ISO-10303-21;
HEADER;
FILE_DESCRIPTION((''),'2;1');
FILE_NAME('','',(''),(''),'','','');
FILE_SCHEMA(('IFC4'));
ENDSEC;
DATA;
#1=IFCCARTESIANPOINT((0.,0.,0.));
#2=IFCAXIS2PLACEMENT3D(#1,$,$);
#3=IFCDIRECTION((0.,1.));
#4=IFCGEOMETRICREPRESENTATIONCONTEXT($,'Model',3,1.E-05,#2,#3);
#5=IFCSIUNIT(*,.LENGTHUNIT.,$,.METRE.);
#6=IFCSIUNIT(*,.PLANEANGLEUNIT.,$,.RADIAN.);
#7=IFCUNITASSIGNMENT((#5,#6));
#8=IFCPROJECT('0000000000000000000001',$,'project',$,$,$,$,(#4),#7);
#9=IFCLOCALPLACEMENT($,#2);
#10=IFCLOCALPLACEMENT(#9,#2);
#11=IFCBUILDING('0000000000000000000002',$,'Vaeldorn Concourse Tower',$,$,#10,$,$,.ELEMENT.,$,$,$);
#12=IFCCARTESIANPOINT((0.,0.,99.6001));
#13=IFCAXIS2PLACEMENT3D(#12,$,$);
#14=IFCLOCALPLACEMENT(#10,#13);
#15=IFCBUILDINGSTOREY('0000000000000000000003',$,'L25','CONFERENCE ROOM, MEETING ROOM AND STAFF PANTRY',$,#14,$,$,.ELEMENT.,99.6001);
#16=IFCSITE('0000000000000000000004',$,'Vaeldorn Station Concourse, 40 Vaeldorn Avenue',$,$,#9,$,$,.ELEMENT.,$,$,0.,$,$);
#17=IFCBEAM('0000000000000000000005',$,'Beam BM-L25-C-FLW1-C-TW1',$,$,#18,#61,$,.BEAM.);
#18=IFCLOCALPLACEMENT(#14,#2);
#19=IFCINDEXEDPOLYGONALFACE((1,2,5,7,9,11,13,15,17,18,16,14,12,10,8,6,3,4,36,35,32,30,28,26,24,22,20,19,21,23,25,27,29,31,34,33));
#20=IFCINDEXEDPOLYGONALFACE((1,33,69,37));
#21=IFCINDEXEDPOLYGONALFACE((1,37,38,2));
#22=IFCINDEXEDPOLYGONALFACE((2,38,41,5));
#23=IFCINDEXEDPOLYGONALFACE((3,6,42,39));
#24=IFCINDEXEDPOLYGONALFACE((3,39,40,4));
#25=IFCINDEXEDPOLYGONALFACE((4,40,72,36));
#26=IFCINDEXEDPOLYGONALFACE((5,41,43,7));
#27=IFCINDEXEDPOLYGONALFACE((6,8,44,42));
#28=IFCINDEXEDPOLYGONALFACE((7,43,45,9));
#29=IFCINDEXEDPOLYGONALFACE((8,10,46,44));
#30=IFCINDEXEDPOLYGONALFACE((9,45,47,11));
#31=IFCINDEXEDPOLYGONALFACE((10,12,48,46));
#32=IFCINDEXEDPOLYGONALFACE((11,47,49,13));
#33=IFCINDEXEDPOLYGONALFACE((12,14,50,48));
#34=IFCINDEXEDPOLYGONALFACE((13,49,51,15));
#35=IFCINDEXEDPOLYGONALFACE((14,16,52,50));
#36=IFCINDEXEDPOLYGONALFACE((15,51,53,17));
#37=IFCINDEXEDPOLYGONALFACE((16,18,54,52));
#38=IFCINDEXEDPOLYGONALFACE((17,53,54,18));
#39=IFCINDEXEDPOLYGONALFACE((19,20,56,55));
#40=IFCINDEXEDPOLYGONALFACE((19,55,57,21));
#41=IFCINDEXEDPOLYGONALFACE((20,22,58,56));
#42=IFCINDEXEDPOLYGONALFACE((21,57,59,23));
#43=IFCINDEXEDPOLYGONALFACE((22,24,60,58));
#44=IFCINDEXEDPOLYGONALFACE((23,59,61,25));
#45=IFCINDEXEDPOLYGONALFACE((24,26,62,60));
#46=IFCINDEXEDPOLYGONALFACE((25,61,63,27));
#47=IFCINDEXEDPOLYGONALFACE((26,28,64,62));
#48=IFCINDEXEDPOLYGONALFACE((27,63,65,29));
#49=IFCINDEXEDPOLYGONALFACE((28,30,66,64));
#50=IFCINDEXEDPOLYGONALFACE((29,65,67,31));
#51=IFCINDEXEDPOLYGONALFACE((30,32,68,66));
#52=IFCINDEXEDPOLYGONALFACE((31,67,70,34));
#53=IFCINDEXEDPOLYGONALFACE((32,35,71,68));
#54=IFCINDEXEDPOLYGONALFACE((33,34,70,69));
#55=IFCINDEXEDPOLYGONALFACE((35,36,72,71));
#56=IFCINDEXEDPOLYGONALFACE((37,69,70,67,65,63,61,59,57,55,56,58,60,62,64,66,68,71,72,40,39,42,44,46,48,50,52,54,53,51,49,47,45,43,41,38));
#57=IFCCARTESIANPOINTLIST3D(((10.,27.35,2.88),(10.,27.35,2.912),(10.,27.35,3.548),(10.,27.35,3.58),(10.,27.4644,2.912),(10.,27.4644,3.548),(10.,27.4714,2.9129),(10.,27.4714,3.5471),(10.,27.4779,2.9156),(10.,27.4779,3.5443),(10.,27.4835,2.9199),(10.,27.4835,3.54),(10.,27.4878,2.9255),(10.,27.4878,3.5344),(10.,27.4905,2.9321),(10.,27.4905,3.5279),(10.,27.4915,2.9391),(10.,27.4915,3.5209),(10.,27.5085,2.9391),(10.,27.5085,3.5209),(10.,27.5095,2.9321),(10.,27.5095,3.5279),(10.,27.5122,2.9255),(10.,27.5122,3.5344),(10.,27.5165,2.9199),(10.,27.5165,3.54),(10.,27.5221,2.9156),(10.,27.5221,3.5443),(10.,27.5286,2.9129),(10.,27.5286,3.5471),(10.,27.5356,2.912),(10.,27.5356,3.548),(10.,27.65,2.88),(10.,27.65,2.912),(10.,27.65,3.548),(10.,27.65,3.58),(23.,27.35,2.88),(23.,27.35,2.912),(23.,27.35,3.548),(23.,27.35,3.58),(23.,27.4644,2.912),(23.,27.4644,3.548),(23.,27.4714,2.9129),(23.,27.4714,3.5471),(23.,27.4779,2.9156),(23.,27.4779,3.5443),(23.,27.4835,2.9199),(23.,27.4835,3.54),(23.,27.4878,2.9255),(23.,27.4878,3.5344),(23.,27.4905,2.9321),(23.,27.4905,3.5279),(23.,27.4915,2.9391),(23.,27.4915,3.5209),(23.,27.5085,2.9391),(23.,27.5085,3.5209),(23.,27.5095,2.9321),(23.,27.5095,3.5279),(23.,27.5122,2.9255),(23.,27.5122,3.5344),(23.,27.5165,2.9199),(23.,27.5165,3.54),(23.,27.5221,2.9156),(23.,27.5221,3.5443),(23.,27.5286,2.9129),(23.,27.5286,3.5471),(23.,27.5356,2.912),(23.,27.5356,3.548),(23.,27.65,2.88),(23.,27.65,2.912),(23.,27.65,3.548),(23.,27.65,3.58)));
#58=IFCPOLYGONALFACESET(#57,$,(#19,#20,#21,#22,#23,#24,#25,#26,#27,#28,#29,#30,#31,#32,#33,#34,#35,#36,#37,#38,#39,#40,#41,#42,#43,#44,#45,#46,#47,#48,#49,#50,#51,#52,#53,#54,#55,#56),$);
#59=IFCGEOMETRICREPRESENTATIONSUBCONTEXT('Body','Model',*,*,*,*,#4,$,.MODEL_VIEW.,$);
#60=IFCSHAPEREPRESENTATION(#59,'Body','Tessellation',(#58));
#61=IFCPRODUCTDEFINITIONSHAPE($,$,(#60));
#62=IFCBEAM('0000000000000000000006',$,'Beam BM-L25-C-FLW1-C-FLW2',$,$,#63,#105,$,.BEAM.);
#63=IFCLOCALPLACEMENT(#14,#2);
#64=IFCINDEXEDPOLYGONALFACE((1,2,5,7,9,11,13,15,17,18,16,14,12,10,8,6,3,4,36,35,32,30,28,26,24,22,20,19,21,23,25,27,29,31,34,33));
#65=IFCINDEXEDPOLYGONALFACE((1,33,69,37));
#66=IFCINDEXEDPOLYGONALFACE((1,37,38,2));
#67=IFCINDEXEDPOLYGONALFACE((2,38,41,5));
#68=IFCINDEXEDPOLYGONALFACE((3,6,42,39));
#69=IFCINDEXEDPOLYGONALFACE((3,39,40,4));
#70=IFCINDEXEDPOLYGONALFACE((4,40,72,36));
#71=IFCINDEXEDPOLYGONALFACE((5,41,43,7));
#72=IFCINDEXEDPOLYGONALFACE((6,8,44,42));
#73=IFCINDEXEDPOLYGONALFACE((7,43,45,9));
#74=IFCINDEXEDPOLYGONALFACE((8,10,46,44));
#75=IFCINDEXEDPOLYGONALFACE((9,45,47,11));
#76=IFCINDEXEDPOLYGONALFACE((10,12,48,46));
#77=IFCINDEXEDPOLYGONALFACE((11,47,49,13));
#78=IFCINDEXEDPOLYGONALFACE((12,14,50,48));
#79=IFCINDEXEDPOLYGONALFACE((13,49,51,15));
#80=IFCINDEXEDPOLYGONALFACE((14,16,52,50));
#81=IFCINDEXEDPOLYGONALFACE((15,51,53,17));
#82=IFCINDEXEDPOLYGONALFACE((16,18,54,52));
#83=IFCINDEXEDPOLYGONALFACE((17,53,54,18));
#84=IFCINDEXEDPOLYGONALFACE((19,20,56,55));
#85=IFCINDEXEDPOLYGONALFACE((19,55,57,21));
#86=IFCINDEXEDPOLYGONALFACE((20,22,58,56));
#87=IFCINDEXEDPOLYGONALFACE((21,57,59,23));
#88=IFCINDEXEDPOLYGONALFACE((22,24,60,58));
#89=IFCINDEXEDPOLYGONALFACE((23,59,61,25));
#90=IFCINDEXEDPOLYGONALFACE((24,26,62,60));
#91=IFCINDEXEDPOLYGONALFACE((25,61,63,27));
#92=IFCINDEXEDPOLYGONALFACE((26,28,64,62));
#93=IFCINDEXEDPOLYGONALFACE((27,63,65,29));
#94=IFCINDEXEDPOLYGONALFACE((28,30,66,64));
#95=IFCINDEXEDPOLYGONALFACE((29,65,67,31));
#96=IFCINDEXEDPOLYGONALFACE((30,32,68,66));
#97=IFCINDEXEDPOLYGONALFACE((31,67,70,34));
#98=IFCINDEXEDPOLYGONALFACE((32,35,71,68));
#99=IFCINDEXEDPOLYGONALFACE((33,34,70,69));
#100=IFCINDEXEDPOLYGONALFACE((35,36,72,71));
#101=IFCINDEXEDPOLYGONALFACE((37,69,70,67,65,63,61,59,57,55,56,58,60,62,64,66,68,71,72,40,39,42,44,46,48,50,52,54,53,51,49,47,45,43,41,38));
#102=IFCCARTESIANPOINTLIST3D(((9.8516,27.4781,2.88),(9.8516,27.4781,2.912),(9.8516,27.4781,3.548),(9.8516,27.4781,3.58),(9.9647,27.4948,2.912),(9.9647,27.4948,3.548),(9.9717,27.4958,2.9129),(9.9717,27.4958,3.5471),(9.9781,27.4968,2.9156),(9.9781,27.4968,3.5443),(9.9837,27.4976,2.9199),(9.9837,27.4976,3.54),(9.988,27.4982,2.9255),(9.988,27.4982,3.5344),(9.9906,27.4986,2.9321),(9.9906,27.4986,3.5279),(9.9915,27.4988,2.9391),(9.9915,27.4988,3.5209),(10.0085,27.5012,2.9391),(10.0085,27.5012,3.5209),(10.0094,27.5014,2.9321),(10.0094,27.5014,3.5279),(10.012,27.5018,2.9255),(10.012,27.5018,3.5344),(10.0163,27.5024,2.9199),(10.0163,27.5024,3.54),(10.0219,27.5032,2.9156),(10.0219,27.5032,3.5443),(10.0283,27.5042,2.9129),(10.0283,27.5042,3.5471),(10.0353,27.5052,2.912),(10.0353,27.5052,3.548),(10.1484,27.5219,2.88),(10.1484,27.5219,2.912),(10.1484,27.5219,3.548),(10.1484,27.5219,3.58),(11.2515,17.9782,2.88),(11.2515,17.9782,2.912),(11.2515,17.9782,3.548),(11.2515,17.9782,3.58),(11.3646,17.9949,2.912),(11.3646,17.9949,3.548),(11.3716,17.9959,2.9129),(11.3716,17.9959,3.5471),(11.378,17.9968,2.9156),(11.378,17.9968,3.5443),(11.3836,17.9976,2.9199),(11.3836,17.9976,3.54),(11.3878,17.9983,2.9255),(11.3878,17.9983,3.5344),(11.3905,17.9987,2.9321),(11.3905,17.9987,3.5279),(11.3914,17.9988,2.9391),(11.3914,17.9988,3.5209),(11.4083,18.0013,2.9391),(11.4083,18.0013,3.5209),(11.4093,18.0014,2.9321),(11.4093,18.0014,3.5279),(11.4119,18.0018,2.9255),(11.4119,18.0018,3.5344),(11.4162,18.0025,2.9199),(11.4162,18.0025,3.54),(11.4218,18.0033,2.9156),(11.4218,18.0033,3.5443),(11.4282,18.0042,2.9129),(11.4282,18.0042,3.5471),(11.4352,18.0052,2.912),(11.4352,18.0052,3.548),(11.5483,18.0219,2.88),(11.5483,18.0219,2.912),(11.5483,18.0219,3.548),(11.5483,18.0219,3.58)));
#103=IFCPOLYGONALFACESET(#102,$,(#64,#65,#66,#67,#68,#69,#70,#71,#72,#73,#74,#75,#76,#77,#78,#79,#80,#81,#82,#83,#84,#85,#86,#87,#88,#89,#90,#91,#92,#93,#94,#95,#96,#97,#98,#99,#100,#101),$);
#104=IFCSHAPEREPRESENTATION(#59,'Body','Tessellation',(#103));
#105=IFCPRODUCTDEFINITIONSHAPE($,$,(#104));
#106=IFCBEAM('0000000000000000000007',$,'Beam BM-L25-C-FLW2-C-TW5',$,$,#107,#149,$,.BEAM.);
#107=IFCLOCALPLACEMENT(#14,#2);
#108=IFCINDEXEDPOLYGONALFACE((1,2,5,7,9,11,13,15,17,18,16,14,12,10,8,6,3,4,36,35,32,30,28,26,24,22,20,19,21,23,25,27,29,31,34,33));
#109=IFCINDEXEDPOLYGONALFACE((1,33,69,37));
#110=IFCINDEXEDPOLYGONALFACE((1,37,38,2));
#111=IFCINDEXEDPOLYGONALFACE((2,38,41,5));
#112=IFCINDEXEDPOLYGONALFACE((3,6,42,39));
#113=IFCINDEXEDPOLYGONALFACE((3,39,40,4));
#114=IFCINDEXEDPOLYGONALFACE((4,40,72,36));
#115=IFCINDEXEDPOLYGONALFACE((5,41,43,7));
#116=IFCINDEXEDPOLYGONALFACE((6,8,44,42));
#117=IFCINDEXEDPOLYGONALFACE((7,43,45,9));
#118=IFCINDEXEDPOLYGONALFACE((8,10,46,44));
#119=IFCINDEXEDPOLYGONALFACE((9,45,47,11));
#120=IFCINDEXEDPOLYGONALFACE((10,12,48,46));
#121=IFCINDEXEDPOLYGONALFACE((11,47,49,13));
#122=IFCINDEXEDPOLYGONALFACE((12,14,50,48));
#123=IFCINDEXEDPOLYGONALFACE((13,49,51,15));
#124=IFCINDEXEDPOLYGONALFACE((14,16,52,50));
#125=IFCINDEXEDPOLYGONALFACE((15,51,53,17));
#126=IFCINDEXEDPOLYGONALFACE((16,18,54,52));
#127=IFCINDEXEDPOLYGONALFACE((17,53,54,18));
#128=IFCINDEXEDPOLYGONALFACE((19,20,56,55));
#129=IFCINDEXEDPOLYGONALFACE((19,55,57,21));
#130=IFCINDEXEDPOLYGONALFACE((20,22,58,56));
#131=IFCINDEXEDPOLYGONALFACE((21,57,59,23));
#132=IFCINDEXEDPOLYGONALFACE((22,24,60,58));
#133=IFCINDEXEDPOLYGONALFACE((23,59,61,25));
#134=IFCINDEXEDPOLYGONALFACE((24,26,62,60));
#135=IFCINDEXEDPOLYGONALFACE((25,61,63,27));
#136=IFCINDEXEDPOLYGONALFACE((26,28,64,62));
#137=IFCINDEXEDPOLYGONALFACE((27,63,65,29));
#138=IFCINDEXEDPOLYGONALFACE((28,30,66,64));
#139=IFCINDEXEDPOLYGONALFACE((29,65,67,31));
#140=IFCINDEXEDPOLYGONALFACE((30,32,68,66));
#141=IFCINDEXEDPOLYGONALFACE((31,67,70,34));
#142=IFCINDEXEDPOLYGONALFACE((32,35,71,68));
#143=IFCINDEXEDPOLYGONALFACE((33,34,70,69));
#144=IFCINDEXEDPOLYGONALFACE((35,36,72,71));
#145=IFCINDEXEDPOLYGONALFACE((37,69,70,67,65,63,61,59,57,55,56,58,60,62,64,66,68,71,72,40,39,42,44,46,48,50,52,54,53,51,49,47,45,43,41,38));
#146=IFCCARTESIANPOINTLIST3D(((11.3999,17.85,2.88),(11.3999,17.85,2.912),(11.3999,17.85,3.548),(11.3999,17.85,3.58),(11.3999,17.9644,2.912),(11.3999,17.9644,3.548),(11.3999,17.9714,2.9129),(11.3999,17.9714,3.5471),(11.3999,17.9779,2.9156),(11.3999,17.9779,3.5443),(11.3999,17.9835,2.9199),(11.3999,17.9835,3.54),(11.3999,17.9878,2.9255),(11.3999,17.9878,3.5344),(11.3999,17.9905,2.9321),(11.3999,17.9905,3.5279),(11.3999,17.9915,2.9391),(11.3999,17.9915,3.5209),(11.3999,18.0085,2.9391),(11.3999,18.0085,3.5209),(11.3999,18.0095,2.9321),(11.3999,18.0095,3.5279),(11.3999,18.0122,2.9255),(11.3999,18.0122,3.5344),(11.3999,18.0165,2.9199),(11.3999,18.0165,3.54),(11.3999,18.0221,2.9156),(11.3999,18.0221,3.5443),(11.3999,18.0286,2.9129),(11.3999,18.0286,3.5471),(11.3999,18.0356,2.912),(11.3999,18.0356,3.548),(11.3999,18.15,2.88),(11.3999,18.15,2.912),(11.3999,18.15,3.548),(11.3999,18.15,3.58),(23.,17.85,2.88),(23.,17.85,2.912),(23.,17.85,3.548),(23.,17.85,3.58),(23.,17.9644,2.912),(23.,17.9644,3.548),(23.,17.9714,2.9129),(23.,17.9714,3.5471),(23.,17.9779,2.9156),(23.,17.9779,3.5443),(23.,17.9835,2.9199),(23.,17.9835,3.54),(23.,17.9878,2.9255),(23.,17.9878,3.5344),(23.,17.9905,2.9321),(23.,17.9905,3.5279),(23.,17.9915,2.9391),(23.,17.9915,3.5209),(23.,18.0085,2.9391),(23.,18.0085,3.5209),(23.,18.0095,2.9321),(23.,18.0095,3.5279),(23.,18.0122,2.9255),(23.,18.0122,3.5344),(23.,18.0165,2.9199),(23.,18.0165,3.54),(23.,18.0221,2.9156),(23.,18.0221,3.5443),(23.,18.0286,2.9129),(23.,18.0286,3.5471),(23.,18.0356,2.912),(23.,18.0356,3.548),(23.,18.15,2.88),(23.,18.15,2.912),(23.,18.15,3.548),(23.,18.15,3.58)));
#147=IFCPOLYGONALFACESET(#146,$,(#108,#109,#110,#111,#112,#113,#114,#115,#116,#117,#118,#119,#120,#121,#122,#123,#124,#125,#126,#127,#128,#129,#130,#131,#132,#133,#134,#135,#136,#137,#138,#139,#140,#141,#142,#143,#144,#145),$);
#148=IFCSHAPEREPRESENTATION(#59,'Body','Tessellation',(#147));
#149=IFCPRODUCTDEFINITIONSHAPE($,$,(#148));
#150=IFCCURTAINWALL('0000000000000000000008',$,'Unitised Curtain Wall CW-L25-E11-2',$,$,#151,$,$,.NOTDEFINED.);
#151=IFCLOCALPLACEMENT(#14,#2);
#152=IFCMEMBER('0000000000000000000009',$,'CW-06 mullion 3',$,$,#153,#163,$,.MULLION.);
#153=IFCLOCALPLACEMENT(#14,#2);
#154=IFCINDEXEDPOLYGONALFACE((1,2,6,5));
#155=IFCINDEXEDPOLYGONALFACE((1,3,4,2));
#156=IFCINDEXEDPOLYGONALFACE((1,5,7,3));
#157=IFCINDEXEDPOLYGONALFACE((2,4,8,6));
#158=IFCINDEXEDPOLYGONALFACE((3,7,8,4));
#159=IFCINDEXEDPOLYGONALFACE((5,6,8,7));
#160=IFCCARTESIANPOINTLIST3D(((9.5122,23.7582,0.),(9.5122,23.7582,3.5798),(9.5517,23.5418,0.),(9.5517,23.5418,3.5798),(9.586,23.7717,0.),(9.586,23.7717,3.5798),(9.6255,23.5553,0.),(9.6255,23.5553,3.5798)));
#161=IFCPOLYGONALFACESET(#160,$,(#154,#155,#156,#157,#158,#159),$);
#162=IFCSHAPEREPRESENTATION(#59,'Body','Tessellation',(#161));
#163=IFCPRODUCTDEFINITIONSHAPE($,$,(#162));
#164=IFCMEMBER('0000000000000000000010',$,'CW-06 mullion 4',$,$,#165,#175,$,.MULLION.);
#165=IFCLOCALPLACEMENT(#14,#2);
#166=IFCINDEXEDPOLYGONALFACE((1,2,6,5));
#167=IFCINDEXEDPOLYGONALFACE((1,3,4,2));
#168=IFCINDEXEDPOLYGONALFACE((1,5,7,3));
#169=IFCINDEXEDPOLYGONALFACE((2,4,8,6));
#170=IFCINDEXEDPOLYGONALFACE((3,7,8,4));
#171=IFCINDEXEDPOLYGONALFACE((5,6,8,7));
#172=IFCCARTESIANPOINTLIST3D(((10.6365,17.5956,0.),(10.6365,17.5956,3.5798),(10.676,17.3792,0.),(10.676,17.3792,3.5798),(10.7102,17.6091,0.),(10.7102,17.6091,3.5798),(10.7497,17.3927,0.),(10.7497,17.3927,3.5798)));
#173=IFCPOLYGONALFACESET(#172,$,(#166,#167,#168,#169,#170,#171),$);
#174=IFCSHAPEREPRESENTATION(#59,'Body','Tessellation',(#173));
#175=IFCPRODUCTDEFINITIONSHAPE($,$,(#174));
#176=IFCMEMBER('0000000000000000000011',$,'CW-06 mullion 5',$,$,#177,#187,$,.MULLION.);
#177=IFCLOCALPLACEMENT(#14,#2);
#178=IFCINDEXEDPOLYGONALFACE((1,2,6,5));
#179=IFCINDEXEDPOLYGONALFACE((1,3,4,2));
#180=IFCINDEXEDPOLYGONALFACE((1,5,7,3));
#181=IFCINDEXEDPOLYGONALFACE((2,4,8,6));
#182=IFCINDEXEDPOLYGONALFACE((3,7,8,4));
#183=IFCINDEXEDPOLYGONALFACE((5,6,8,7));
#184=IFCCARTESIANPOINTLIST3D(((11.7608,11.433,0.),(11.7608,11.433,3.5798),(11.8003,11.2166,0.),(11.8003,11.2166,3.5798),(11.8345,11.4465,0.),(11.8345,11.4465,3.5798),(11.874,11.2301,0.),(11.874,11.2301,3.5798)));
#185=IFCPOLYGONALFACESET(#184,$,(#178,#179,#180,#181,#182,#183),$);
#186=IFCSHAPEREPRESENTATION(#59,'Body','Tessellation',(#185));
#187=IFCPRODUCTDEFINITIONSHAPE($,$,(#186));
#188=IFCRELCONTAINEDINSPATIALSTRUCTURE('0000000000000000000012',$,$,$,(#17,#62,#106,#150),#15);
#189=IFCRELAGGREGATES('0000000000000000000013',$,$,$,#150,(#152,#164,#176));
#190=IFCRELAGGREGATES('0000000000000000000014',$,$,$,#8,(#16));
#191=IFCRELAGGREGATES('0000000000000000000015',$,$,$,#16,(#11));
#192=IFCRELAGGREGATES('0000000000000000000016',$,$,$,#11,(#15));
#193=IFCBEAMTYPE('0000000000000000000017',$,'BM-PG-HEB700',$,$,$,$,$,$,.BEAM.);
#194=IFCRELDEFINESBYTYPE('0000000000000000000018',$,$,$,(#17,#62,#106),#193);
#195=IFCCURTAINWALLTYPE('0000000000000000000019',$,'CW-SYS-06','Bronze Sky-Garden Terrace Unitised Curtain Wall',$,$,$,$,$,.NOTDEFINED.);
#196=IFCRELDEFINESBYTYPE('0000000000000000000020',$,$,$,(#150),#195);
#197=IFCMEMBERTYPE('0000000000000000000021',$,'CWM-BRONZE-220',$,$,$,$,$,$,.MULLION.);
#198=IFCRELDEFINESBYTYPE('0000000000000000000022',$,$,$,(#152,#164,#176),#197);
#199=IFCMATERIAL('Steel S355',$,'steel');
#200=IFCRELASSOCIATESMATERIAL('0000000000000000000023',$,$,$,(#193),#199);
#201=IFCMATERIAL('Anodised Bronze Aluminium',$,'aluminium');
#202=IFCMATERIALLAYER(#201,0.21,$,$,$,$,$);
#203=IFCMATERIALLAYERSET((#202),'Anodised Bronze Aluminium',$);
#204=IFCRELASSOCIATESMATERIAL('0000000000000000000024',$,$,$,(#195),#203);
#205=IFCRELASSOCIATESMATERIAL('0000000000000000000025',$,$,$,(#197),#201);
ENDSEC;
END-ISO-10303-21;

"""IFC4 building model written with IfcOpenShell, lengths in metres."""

from ifc_helpers import new_model, si_unit, direction, frame, origin, origin_2d, place, context, subcontext, project, spatial, rectangle, i_section, extrude, source, transform, mapped, material, layer, layer_set, material_profile, profile_set, type_object, element, aggregate, save


model = new_model("IFC4")

# Units and contexts
model_context = context("Model", 3, precision=1e-05, world=origin(), true_north=direction((0.0, 1.0)))
body_context = subcontext(model_context, "Body", "Model", "MODEL_VIEW")
ifc_project = project(units=[si_unit("LENGTHUNIT", "METRE"), si_unit("PLANEANGLEUNIT", "RADIAN")], contexts=[model_context])

# Site, building, storey
site_placement = place(None, origin())
site = spatial("IfcSite", under=ifc_project, at=site_placement, Name="Vaeldorn Station Concourse, 40 Vaeldorn Avenue", CompositionType="ELEMENT", RefElevation=0.0)
building_placement = place(site_placement, origin())
building = spatial("IfcBuilding", under=site, at=building_placement, Name="Vaeldorn Concourse Tower", CompositionType="ELEMENT")
storey_placement = place(building_placement, frame((0.0, 0.0, 99.6001)))
storey = spatial("IfcBuildingStorey", under=building, at=storey_placement, Name="L25", Description="CONFERENCE ROOM, MEETING ROOM AND STAFF PANTRY", CompositionType="ELEMENT", Elevation=99.6001)

# Beams
ifc_material_1 = material(Name="Steel S355", Category="steel")
ifc_material_profile_1 = material_profile(ifc_material_1, i_section(OverallWidth=0.3, OverallDepth=0.7, WebThickness=0.0171, FlangeThickness=0.032, FilletRadius=0.0271, at=origin_2d()), Name="HEB 700")
ifc_profile_set_1 = profile_set([ifc_material_profile_1], Name="Steel S355")
beam_type_1 = type_object("IfcBeamType", Name="BM-PG-HEB700", PredefinedType="BEAM", material=ifc_profile_set_1)
shared_shape_1 = source(origin(), body_context, "Body", "SweptSolid", [
    extrude(i_section(OverallWidth=0.3, OverallDepth=0.7, WebThickness=0.0171, FlangeThickness=0.032, FilletRadius=0.0271, at=origin_2d()), origin(), (0.0, 0.0, 1.0), 13.0),
])
beam_1_placement = place(storey_placement, frame((10.0, 27.5, 3.23), z_axis=(1.0, 0.0, 0.0), x_axis=(0.0, 1.0, 0.0)))
element("IfcBeam", 1, at=beam_1_placement, inside=storey, type_object=beam_type_1, Name="Beam BM-L25-C-FLW1-C-TW1", PredefinedType="BEAM", context=body_context, shape_type="MappedRepresentation", body=[
    mapped(shared_shape_1, transform((0.0, 0.0, 0.0), scale=1.0)),
])
shared_shape_2 = source(origin(), body_context, "Body", "SweptSolid", [
    extrude(i_section(OverallWidth=0.3, OverallDepth=0.7, WebThickness=0.0171, FlangeThickness=0.032, FilletRadius=0.0271, at=origin_2d()), origin(), (0.0, 0.0, 1.0), 9.6025),
])
beam_2_placement = place(storey_placement, frame((10.0, 27.5, 3.23), z_axis=(0.145784, -0.989316, 0.0), x_axis=(0.989316, 0.145784, 0.0)))
element("IfcBeam", 2, at=beam_2_placement, inside=storey, type_object=beam_type_1, Name="Beam BM-L25-C-FLW1-C-FLW2", PredefinedType="BEAM", context=body_context, shape_type="MappedRepresentation", body=[
    mapped(shared_shape_2, transform((0.0, 0.0, 0.0), scale=1.0)),
])
shared_shape_3 = source(origin(), body_context, "Body", "SweptSolid", [
    extrude(i_section(OverallWidth=0.3, OverallDepth=0.7, WebThickness=0.0171, FlangeThickness=0.032, FilletRadius=0.0271, at=origin_2d()), origin(), (0.0, 0.0, 1.0), 11.6001),
])
beam_3_placement = place(storey_placement, frame((11.3999, 18.0, 3.23), z_axis=(1.0, 0.0, 0.0), x_axis=(0.0, 1.0, 0.0)))
element("IfcBeam", 3, at=beam_3_placement, inside=storey, type_object=beam_type_1, Name="Beam BM-L25-C-FLW2-C-TW5", PredefinedType="BEAM", context=body_context, shape_type="MappedRepresentation", body=[
    mapped(shared_shape_3, transform((0.0, 0.0, 0.0), scale=1.0)),
])

# Curtain wall, members
ifc_material_2 = material(Name="Anodised Bronze Aluminium", Category="aluminium")
ifc_layer_1 = layer(ifc_material_2, 0.21)
ifc_layer_set_1 = layer_set([ifc_layer_1], Name="Anodised Bronze Aluminium")
curtain_wall_type = type_object("IfcCurtainWallType", Name="CW-SYS-06", Description="Bronze Sky-Garden Terrace Unitised Curtain Wall", PredefinedType="NOTDEFINED", material=ifc_layer_set_1)
curtain_wall_placement = place(storey_placement, origin())
curtain_wall = element("IfcCurtainWall", 4, at=curtain_wall_placement, inside=storey, type_object=curtain_wall_type, Name="Unitised Curtain Wall CW-L25-E11-2", PredefinedType="NOTDEFINED")
ifc_material_profile_2 = material_profile(ifc_material_2, rectangle(XDim=0.075, YDim=0.22, at=origin_2d()), Name="CWM 75x220")
ifc_profile_set_2 = profile_set([ifc_material_profile_2], Name="Anodised Bronze Aluminium")
member_type_1 = type_object("IfcMemberType", Name="CWM-BRONZE-220", PredefinedType="MULLION", material=ifc_profile_set_2)
shared_shape_4 = source(origin(), body_context, "Body", "SweptSolid", [
    extrude(rectangle(XDim=0.075, YDim=0.22, at=origin_2d()), origin(), (0.0, 0.0, 1.0), 3.5798),
])
member_1_placement = place(storey_placement, frame((9.5688, 23.6567, 0.0), z_axis=(0.0, 0.0, 1.0), x_axis=(0.983763, 0.179473, 0.0)))
member_1 = element("IfcMember", 5, at=member_1_placement, type_object=member_type_1, Name="CW-06 mullion 3", PredefinedType="MULLION", context=body_context, shape_type="MappedRepresentation", body=[
    mapped(shared_shape_4, transform((0.0, 0.0, 0.0), scale=1.0)),
])
member_2_placement = place(storey_placement, frame((10.6931, 17.4941, 0.0), z_axis=(0.0, 0.0, 1.0), x_axis=(0.983763, 0.179473, 0.0)))
member_2 = element("IfcMember", 6, at=member_2_placement, type_object=member_type_1, Name="CW-06 mullion 4", PredefinedType="MULLION", context=body_context, shape_type="MappedRepresentation", body=[
    mapped(shared_shape_4, transform((0.0, 0.0, 0.0), scale=1.0)),
])
member_3_placement = place(storey_placement, frame((11.8174, 11.3315, 0.0), z_axis=(0.0, 0.0, 1.0), x_axis=(0.983763, 0.179473, 0.0)))
member_3 = element("IfcMember", 7, at=member_3_placement, type_object=member_type_1, Name="CW-06 mullion 5", PredefinedType="MULLION", context=body_context, shape_type="MappedRepresentation", body=[
    mapped(shared_shape_4, transform((0.0, 0.0, 0.0), scale=1.0)),
])
aggregate(curtain_wall, [member_1, member_2, member_3])

save(model, "model.ifc")
